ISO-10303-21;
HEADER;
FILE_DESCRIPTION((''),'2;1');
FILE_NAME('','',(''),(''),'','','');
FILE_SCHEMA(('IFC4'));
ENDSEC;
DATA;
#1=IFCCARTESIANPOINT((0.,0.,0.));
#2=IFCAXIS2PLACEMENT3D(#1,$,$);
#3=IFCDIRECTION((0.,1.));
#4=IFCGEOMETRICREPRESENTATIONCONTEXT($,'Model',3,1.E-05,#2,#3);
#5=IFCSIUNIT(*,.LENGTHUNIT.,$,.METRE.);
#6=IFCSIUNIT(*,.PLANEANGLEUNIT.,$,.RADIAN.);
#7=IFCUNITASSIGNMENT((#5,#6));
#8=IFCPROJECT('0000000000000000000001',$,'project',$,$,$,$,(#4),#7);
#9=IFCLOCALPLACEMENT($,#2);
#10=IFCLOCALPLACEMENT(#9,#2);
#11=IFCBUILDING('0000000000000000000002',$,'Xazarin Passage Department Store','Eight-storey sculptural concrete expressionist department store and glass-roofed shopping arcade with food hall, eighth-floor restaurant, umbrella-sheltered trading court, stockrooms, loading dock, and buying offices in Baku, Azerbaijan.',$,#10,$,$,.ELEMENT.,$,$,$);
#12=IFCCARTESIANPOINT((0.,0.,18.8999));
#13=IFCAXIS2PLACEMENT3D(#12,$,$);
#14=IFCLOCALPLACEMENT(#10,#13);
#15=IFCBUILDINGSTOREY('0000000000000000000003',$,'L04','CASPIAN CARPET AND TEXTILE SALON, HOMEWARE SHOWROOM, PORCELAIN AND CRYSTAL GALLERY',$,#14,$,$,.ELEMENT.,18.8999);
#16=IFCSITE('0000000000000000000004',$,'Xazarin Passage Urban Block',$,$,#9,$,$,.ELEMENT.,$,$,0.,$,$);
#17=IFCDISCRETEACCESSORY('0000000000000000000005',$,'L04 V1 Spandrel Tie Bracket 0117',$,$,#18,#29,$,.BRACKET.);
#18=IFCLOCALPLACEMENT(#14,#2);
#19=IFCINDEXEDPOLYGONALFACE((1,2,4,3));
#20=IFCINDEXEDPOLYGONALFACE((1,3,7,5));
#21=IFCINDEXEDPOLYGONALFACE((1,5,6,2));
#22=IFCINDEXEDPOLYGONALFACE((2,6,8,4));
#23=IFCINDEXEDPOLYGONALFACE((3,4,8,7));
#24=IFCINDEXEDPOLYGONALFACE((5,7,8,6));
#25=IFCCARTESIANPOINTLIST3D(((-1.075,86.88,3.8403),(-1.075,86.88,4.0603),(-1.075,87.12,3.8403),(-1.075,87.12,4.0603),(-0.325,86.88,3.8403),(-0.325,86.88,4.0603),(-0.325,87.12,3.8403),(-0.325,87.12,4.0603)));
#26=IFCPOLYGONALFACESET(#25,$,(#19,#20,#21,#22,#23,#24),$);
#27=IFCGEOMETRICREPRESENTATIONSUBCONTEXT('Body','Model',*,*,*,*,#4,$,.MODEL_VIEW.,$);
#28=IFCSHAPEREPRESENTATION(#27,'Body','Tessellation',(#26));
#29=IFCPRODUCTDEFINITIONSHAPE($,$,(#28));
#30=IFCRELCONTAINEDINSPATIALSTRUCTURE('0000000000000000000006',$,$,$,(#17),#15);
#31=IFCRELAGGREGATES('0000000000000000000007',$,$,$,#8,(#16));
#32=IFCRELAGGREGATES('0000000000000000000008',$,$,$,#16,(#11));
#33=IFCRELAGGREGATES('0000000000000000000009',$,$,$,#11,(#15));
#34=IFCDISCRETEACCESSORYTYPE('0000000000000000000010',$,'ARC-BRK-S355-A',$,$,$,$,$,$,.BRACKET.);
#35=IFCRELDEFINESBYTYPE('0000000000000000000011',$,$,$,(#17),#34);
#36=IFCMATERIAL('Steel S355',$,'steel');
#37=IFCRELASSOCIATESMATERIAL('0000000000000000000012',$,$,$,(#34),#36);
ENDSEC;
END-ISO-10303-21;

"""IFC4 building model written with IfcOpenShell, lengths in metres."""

from ifc_helpers import new_model, si_unit, direction, frame, origin, origin_2d, place, context, subcontext, project, spatial, rectangle, extrude, material, type_object, element, save


model = new_model("IFC4")

# Units and contexts
model_context = context("Model", 3, precision=1e-05, world=origin(), true_north=direction((0.0, 1.0)))
body_context = subcontext(model_context, "Body", "Model", "MODEL_VIEW")
ifc_project = project(units=[si_unit("LENGTHUNIT", "METRE"), si_unit("PLANEANGLEUNIT", "RADIAN")], contexts=[model_context])

# Site, building, storey
site_placement = place(None, origin())
site = spatial("IfcSite", under=ifc_project, at=site_placement, Name="Xazarin Passage Urban Block", CompositionType="ELEMENT", RefElevation=0.0)
building_placement = place(site_placement, origin())
building = spatial("IfcBuilding", under=site, at=building_placement, Name="Xazarin Passage Department Store", Description="Eight-storey sculptural concrete expressionist department store and glass-roofed shopping arcade with food hall, eighth-floor restaurant, umbrella-sheltered trading court, stockrooms, loading dock, and buying offices in Baku, Azerbaijan.", CompositionType="ELEMENT")
storey_placement = place(building_placement, frame((0.0, 0.0, 18.8999)))
storey = spatial("IfcBuildingStorey", under=building, at=storey_placement, Name="L04", Description="CASPIAN CARPET AND TEXTILE SALON, HOMEWARE SHOWROOM, PORCELAIN AND CRYSTAL GALLERY", CompositionType="ELEMENT", Elevation=18.8999)

# Discrete accessory
ifc_material_1 = material(Name="Steel S355", Category="steel")
discrete_accessory_type = type_object("IfcDiscreteAccessoryType", Name="ARC-BRK-S355-A", PredefinedType="BRACKET", material=ifc_material_1)
discrete_accessory_placement = place(storey_placement, frame((-0.7, 87.0, 3.8403), z_axis=(0.0, 0.0, 1.0), x_axis=(0.0, 1.0, 0.0)))
element("IfcDiscreteAccessory", 1, at=discrete_accessory_placement, inside=storey, type_object=discrete_accessory_type, Name="L04 V1 Spandrel Tie Bracket 0117", PredefinedType="BRACKET", context=body_context, shape_type="SweptSolid", body=[
    extrude(rectangle(XDim=0.24, YDim=0.75, at=origin_2d()), origin(), (0.0, 0.0, 1.0), 0.22),
])

save(model, "model.ifc")
